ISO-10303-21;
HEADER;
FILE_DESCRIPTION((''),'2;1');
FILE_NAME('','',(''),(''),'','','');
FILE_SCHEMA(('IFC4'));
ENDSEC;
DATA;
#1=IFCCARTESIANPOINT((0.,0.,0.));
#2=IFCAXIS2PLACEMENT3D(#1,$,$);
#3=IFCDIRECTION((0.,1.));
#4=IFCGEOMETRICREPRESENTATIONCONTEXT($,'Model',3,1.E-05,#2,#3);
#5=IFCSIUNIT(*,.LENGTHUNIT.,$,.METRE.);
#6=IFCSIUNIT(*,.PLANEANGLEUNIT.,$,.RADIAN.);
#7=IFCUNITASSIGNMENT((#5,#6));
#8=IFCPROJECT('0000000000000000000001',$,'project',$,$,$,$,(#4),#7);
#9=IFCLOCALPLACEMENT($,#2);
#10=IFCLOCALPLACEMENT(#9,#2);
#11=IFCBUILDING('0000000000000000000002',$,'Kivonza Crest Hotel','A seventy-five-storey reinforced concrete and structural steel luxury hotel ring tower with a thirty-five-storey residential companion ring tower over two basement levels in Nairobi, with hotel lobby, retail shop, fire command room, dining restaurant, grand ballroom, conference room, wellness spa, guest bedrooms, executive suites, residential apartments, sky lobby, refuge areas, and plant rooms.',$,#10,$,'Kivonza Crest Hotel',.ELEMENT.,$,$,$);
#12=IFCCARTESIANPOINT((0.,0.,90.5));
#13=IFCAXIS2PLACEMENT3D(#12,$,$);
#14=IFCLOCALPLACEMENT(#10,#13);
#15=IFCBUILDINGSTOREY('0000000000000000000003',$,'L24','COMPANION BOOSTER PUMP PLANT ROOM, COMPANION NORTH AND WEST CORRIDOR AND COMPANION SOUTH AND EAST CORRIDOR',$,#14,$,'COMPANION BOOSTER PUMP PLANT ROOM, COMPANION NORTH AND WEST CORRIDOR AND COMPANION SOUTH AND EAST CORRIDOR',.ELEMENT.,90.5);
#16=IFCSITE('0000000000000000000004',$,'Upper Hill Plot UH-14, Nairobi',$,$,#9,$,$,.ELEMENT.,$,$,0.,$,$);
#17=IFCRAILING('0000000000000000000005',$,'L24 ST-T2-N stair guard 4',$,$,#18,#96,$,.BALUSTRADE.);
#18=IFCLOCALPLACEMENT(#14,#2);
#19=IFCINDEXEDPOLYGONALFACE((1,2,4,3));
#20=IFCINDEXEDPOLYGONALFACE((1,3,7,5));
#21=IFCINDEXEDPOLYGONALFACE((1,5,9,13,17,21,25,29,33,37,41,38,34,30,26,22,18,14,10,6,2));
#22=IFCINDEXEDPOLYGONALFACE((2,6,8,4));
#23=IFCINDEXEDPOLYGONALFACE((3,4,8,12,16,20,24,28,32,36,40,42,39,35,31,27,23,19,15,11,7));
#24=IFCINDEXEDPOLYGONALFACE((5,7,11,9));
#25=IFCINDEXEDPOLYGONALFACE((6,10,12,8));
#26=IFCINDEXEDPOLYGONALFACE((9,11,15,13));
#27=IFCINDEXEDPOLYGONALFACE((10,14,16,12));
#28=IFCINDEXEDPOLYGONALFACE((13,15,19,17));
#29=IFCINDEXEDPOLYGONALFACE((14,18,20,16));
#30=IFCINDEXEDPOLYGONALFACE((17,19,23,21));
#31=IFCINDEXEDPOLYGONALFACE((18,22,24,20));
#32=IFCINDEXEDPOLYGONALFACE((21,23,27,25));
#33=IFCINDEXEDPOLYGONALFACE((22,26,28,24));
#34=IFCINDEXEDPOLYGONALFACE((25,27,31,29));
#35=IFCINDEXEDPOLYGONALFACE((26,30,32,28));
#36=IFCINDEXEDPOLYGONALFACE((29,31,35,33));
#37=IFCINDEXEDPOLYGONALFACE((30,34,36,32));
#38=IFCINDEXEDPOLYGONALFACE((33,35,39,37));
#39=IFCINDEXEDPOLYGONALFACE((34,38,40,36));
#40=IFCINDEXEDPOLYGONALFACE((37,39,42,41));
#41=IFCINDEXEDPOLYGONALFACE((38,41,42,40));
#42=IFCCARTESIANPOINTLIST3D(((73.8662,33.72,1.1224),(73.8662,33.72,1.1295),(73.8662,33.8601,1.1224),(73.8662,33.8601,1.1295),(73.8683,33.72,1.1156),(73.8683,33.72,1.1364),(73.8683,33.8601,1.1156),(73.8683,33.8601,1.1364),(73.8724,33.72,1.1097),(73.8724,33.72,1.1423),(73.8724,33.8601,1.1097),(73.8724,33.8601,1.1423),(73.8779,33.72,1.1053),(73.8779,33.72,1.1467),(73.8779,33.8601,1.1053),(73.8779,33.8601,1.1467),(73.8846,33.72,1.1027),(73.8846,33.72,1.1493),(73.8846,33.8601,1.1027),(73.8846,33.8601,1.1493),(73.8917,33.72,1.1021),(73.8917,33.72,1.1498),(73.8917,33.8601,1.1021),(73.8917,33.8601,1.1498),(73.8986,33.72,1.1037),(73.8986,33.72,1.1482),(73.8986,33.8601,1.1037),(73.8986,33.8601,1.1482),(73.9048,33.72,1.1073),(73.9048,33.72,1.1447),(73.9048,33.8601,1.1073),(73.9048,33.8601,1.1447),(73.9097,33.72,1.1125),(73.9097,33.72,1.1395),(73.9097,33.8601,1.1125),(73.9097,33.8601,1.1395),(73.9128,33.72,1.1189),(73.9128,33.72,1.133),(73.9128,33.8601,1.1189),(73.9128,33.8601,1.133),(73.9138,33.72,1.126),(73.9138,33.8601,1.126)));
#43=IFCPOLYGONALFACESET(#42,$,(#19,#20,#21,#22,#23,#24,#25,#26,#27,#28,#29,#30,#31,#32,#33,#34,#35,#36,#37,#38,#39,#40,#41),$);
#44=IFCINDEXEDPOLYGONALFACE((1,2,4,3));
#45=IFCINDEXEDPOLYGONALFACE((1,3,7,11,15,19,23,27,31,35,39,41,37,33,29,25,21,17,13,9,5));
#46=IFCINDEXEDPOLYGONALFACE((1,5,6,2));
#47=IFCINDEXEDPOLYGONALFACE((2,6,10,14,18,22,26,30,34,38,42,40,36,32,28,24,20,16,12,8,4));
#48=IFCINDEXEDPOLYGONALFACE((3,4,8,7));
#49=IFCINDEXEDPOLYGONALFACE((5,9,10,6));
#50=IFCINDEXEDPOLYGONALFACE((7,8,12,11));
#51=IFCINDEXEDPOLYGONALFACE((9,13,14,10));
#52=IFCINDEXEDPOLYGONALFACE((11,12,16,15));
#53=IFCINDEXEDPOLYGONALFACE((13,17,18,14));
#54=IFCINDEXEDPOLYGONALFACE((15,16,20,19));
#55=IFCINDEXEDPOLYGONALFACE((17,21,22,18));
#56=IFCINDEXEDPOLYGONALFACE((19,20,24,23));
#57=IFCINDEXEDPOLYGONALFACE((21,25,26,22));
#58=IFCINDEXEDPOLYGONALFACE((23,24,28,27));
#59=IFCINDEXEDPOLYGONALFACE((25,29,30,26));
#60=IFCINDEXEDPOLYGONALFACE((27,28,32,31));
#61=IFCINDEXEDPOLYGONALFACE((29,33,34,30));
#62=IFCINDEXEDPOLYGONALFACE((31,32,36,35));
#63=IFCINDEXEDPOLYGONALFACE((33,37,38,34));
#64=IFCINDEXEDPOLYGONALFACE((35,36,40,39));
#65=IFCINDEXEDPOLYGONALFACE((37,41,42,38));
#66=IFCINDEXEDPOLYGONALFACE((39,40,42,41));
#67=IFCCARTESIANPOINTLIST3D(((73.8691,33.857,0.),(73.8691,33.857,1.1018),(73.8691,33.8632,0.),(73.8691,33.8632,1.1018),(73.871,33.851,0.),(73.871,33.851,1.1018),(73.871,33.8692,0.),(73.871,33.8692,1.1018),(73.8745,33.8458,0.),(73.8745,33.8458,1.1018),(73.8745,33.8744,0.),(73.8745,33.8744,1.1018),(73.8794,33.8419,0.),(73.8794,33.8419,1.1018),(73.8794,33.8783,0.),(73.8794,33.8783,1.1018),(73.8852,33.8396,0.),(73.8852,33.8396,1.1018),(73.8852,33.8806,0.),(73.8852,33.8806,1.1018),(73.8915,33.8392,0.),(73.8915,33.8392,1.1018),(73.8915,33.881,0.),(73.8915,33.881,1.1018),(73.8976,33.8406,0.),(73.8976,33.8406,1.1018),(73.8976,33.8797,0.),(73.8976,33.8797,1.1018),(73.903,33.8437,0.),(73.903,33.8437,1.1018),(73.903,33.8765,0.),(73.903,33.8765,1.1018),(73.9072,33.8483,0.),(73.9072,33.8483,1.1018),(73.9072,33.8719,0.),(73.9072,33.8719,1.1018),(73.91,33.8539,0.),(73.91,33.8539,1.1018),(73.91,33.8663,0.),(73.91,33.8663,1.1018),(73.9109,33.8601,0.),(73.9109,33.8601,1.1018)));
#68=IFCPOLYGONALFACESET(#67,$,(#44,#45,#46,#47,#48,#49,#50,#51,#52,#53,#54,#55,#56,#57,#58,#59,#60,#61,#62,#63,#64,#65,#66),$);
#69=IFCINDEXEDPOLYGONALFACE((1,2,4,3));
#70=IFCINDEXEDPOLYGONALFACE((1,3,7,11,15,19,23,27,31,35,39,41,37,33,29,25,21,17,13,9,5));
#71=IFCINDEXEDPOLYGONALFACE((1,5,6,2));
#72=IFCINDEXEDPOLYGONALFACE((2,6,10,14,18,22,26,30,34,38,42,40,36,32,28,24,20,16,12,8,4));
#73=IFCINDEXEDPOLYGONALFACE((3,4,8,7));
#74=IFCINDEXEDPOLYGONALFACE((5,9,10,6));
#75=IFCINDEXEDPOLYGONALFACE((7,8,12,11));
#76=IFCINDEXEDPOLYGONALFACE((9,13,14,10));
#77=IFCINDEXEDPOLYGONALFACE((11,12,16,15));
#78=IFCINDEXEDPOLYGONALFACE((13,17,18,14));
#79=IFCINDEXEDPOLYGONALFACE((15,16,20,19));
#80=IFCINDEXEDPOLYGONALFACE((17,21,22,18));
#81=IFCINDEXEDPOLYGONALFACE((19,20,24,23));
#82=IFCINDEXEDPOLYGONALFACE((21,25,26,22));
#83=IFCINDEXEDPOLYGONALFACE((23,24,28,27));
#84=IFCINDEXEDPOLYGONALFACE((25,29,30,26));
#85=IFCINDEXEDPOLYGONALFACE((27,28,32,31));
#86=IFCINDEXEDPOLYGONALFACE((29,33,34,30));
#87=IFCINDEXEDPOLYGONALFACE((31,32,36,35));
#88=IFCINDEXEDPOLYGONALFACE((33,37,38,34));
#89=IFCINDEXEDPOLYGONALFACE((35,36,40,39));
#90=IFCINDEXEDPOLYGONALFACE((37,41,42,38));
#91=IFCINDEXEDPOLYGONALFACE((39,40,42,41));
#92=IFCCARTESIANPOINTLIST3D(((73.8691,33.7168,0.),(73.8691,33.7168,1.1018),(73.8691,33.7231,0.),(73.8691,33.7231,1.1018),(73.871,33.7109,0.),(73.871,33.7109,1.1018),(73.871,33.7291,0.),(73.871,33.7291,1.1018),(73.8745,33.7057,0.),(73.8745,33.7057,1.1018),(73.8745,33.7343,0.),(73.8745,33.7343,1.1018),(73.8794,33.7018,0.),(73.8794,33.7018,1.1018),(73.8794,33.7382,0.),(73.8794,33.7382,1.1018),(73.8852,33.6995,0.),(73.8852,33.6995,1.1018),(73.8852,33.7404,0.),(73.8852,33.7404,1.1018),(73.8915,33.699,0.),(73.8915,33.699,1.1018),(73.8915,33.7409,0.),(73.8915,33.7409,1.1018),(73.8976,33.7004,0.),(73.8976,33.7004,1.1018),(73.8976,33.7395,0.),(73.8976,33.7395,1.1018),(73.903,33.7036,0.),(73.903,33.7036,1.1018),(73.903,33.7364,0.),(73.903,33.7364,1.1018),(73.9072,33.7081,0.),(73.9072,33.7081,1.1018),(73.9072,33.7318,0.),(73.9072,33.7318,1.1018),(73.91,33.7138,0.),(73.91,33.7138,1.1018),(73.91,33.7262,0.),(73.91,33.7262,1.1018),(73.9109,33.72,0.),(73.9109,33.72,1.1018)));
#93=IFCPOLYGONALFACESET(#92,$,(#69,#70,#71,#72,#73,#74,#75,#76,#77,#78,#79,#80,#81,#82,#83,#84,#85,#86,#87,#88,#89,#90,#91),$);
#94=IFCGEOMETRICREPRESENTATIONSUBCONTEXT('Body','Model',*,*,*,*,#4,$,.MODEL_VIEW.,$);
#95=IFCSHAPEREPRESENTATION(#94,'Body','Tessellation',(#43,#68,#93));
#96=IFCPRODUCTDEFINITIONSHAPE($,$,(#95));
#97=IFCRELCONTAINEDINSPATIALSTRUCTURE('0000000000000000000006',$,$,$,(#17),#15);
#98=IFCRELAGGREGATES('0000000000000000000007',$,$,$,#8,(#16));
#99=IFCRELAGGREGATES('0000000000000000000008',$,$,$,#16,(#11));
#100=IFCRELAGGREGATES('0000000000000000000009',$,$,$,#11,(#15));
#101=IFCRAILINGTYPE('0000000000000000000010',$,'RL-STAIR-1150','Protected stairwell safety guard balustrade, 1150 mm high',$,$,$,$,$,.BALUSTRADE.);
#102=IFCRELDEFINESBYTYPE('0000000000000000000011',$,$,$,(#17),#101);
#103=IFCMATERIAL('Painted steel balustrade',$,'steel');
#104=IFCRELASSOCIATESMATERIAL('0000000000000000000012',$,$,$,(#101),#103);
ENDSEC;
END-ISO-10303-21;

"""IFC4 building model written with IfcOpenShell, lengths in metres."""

from ifc_helpers import new_model, si_unit, direction, frame, origin, origin_2d, place, context, subcontext, project, spatial, circle, extrude, material, type_object, element, save


model = new_model("IFC4")

# Units and contexts
model_context = context("Model", 3, precision=1e-05, world=origin(), true_north=direction((0.0, 1.0)))
body_context = subcontext(model_context, "Body", "Model", "MODEL_VIEW")
ifc_project = project(units=[si_unit("LENGTHUNIT", "METRE"), si_unit("PLANEANGLEUNIT", "RADIAN")], contexts=[model_context])

# Site, building, storey
site_placement = place(None, origin())
site = spatial("IfcSite", under=ifc_project, at=site_placement, Name="Upper Hill Plot UH-14, Nairobi", CompositionType="ELEMENT", RefElevation=0.0)
building_placement = place(site_placement, origin())
building = spatial("IfcBuilding", under=site, at=building_placement, Name="Kivonza Crest Hotel", Description="A seventy-five-storey reinforced concrete and structural steel luxury hotel ring tower with a thirty-five-storey residential companion ring tower over two basement levels in Nairobi, with hotel lobby, retail shop, fire command room, dining restaurant, grand ballroom, conference room, wellness spa, guest bedrooms, executive suites, residential apartments, sky lobby, refuge areas, and plant rooms.", LongName="Kivonza Crest Hotel", CompositionType="ELEMENT")
storey_placement = place(building_placement, frame((0.0, 0.0, 90.5)))
storey = spatial("IfcBuildingStorey", under=building, at=storey_placement, Name="L24", Description="COMPANION BOOSTER PUMP PLANT ROOM, COMPANION NORTH AND WEST CORRIDOR AND COMPANION SOUTH AND EAST CORRIDOR", LongName="COMPANION BOOSTER PUMP PLANT ROOM, COMPANION NORTH AND WEST CORRIDOR AND COMPANION SOUTH AND EAST CORRIDOR", CompositionType="ELEMENT", Elevation=90.5)

# Railing
ifc_material_1 = material(Name="Painted steel balustrade", Category="steel")
railing_type_1 = type_object("IfcRailingType", Name="RL-STAIR-1150", Description="Protected stairwell safety guard balustrade, 1150 mm high", PredefinedType="BALUSTRADE", material=ifc_material_1)
railing_1_placement = place(storey_placement, frame((73.8899, 33.8601, 0.0)))
element("IfcRailing", 1, at=railing_1_placement, inside=storey, type_object=railing_type_1, Name="L24 ST-T2-N stair guard 4", PredefinedType="BALUSTRADE", context=body_context, shape_type="SweptSolid", body=[
    extrude(circle(Radius=0.0239, at=origin_2d()), frame((0.0, 0.0, 1.126), z_axis=(0.0, -1.0, 0.0), x_axis=(1.0, 0.0, 0.0)), (0.0, 0.0, 1.0), 0.1401),
    extrude(circle(Radius=0.021, at=origin_2d()), origin(), (0.0, 0.0, 1.0), 1.1018),
    extrude(circle(Radius=0.021, at=origin_2d()), frame((0.0, -0.1401, 0.0)), (0.0, 0.0, 1.0), 1.1018),
])

save(model, "model.ifc")
